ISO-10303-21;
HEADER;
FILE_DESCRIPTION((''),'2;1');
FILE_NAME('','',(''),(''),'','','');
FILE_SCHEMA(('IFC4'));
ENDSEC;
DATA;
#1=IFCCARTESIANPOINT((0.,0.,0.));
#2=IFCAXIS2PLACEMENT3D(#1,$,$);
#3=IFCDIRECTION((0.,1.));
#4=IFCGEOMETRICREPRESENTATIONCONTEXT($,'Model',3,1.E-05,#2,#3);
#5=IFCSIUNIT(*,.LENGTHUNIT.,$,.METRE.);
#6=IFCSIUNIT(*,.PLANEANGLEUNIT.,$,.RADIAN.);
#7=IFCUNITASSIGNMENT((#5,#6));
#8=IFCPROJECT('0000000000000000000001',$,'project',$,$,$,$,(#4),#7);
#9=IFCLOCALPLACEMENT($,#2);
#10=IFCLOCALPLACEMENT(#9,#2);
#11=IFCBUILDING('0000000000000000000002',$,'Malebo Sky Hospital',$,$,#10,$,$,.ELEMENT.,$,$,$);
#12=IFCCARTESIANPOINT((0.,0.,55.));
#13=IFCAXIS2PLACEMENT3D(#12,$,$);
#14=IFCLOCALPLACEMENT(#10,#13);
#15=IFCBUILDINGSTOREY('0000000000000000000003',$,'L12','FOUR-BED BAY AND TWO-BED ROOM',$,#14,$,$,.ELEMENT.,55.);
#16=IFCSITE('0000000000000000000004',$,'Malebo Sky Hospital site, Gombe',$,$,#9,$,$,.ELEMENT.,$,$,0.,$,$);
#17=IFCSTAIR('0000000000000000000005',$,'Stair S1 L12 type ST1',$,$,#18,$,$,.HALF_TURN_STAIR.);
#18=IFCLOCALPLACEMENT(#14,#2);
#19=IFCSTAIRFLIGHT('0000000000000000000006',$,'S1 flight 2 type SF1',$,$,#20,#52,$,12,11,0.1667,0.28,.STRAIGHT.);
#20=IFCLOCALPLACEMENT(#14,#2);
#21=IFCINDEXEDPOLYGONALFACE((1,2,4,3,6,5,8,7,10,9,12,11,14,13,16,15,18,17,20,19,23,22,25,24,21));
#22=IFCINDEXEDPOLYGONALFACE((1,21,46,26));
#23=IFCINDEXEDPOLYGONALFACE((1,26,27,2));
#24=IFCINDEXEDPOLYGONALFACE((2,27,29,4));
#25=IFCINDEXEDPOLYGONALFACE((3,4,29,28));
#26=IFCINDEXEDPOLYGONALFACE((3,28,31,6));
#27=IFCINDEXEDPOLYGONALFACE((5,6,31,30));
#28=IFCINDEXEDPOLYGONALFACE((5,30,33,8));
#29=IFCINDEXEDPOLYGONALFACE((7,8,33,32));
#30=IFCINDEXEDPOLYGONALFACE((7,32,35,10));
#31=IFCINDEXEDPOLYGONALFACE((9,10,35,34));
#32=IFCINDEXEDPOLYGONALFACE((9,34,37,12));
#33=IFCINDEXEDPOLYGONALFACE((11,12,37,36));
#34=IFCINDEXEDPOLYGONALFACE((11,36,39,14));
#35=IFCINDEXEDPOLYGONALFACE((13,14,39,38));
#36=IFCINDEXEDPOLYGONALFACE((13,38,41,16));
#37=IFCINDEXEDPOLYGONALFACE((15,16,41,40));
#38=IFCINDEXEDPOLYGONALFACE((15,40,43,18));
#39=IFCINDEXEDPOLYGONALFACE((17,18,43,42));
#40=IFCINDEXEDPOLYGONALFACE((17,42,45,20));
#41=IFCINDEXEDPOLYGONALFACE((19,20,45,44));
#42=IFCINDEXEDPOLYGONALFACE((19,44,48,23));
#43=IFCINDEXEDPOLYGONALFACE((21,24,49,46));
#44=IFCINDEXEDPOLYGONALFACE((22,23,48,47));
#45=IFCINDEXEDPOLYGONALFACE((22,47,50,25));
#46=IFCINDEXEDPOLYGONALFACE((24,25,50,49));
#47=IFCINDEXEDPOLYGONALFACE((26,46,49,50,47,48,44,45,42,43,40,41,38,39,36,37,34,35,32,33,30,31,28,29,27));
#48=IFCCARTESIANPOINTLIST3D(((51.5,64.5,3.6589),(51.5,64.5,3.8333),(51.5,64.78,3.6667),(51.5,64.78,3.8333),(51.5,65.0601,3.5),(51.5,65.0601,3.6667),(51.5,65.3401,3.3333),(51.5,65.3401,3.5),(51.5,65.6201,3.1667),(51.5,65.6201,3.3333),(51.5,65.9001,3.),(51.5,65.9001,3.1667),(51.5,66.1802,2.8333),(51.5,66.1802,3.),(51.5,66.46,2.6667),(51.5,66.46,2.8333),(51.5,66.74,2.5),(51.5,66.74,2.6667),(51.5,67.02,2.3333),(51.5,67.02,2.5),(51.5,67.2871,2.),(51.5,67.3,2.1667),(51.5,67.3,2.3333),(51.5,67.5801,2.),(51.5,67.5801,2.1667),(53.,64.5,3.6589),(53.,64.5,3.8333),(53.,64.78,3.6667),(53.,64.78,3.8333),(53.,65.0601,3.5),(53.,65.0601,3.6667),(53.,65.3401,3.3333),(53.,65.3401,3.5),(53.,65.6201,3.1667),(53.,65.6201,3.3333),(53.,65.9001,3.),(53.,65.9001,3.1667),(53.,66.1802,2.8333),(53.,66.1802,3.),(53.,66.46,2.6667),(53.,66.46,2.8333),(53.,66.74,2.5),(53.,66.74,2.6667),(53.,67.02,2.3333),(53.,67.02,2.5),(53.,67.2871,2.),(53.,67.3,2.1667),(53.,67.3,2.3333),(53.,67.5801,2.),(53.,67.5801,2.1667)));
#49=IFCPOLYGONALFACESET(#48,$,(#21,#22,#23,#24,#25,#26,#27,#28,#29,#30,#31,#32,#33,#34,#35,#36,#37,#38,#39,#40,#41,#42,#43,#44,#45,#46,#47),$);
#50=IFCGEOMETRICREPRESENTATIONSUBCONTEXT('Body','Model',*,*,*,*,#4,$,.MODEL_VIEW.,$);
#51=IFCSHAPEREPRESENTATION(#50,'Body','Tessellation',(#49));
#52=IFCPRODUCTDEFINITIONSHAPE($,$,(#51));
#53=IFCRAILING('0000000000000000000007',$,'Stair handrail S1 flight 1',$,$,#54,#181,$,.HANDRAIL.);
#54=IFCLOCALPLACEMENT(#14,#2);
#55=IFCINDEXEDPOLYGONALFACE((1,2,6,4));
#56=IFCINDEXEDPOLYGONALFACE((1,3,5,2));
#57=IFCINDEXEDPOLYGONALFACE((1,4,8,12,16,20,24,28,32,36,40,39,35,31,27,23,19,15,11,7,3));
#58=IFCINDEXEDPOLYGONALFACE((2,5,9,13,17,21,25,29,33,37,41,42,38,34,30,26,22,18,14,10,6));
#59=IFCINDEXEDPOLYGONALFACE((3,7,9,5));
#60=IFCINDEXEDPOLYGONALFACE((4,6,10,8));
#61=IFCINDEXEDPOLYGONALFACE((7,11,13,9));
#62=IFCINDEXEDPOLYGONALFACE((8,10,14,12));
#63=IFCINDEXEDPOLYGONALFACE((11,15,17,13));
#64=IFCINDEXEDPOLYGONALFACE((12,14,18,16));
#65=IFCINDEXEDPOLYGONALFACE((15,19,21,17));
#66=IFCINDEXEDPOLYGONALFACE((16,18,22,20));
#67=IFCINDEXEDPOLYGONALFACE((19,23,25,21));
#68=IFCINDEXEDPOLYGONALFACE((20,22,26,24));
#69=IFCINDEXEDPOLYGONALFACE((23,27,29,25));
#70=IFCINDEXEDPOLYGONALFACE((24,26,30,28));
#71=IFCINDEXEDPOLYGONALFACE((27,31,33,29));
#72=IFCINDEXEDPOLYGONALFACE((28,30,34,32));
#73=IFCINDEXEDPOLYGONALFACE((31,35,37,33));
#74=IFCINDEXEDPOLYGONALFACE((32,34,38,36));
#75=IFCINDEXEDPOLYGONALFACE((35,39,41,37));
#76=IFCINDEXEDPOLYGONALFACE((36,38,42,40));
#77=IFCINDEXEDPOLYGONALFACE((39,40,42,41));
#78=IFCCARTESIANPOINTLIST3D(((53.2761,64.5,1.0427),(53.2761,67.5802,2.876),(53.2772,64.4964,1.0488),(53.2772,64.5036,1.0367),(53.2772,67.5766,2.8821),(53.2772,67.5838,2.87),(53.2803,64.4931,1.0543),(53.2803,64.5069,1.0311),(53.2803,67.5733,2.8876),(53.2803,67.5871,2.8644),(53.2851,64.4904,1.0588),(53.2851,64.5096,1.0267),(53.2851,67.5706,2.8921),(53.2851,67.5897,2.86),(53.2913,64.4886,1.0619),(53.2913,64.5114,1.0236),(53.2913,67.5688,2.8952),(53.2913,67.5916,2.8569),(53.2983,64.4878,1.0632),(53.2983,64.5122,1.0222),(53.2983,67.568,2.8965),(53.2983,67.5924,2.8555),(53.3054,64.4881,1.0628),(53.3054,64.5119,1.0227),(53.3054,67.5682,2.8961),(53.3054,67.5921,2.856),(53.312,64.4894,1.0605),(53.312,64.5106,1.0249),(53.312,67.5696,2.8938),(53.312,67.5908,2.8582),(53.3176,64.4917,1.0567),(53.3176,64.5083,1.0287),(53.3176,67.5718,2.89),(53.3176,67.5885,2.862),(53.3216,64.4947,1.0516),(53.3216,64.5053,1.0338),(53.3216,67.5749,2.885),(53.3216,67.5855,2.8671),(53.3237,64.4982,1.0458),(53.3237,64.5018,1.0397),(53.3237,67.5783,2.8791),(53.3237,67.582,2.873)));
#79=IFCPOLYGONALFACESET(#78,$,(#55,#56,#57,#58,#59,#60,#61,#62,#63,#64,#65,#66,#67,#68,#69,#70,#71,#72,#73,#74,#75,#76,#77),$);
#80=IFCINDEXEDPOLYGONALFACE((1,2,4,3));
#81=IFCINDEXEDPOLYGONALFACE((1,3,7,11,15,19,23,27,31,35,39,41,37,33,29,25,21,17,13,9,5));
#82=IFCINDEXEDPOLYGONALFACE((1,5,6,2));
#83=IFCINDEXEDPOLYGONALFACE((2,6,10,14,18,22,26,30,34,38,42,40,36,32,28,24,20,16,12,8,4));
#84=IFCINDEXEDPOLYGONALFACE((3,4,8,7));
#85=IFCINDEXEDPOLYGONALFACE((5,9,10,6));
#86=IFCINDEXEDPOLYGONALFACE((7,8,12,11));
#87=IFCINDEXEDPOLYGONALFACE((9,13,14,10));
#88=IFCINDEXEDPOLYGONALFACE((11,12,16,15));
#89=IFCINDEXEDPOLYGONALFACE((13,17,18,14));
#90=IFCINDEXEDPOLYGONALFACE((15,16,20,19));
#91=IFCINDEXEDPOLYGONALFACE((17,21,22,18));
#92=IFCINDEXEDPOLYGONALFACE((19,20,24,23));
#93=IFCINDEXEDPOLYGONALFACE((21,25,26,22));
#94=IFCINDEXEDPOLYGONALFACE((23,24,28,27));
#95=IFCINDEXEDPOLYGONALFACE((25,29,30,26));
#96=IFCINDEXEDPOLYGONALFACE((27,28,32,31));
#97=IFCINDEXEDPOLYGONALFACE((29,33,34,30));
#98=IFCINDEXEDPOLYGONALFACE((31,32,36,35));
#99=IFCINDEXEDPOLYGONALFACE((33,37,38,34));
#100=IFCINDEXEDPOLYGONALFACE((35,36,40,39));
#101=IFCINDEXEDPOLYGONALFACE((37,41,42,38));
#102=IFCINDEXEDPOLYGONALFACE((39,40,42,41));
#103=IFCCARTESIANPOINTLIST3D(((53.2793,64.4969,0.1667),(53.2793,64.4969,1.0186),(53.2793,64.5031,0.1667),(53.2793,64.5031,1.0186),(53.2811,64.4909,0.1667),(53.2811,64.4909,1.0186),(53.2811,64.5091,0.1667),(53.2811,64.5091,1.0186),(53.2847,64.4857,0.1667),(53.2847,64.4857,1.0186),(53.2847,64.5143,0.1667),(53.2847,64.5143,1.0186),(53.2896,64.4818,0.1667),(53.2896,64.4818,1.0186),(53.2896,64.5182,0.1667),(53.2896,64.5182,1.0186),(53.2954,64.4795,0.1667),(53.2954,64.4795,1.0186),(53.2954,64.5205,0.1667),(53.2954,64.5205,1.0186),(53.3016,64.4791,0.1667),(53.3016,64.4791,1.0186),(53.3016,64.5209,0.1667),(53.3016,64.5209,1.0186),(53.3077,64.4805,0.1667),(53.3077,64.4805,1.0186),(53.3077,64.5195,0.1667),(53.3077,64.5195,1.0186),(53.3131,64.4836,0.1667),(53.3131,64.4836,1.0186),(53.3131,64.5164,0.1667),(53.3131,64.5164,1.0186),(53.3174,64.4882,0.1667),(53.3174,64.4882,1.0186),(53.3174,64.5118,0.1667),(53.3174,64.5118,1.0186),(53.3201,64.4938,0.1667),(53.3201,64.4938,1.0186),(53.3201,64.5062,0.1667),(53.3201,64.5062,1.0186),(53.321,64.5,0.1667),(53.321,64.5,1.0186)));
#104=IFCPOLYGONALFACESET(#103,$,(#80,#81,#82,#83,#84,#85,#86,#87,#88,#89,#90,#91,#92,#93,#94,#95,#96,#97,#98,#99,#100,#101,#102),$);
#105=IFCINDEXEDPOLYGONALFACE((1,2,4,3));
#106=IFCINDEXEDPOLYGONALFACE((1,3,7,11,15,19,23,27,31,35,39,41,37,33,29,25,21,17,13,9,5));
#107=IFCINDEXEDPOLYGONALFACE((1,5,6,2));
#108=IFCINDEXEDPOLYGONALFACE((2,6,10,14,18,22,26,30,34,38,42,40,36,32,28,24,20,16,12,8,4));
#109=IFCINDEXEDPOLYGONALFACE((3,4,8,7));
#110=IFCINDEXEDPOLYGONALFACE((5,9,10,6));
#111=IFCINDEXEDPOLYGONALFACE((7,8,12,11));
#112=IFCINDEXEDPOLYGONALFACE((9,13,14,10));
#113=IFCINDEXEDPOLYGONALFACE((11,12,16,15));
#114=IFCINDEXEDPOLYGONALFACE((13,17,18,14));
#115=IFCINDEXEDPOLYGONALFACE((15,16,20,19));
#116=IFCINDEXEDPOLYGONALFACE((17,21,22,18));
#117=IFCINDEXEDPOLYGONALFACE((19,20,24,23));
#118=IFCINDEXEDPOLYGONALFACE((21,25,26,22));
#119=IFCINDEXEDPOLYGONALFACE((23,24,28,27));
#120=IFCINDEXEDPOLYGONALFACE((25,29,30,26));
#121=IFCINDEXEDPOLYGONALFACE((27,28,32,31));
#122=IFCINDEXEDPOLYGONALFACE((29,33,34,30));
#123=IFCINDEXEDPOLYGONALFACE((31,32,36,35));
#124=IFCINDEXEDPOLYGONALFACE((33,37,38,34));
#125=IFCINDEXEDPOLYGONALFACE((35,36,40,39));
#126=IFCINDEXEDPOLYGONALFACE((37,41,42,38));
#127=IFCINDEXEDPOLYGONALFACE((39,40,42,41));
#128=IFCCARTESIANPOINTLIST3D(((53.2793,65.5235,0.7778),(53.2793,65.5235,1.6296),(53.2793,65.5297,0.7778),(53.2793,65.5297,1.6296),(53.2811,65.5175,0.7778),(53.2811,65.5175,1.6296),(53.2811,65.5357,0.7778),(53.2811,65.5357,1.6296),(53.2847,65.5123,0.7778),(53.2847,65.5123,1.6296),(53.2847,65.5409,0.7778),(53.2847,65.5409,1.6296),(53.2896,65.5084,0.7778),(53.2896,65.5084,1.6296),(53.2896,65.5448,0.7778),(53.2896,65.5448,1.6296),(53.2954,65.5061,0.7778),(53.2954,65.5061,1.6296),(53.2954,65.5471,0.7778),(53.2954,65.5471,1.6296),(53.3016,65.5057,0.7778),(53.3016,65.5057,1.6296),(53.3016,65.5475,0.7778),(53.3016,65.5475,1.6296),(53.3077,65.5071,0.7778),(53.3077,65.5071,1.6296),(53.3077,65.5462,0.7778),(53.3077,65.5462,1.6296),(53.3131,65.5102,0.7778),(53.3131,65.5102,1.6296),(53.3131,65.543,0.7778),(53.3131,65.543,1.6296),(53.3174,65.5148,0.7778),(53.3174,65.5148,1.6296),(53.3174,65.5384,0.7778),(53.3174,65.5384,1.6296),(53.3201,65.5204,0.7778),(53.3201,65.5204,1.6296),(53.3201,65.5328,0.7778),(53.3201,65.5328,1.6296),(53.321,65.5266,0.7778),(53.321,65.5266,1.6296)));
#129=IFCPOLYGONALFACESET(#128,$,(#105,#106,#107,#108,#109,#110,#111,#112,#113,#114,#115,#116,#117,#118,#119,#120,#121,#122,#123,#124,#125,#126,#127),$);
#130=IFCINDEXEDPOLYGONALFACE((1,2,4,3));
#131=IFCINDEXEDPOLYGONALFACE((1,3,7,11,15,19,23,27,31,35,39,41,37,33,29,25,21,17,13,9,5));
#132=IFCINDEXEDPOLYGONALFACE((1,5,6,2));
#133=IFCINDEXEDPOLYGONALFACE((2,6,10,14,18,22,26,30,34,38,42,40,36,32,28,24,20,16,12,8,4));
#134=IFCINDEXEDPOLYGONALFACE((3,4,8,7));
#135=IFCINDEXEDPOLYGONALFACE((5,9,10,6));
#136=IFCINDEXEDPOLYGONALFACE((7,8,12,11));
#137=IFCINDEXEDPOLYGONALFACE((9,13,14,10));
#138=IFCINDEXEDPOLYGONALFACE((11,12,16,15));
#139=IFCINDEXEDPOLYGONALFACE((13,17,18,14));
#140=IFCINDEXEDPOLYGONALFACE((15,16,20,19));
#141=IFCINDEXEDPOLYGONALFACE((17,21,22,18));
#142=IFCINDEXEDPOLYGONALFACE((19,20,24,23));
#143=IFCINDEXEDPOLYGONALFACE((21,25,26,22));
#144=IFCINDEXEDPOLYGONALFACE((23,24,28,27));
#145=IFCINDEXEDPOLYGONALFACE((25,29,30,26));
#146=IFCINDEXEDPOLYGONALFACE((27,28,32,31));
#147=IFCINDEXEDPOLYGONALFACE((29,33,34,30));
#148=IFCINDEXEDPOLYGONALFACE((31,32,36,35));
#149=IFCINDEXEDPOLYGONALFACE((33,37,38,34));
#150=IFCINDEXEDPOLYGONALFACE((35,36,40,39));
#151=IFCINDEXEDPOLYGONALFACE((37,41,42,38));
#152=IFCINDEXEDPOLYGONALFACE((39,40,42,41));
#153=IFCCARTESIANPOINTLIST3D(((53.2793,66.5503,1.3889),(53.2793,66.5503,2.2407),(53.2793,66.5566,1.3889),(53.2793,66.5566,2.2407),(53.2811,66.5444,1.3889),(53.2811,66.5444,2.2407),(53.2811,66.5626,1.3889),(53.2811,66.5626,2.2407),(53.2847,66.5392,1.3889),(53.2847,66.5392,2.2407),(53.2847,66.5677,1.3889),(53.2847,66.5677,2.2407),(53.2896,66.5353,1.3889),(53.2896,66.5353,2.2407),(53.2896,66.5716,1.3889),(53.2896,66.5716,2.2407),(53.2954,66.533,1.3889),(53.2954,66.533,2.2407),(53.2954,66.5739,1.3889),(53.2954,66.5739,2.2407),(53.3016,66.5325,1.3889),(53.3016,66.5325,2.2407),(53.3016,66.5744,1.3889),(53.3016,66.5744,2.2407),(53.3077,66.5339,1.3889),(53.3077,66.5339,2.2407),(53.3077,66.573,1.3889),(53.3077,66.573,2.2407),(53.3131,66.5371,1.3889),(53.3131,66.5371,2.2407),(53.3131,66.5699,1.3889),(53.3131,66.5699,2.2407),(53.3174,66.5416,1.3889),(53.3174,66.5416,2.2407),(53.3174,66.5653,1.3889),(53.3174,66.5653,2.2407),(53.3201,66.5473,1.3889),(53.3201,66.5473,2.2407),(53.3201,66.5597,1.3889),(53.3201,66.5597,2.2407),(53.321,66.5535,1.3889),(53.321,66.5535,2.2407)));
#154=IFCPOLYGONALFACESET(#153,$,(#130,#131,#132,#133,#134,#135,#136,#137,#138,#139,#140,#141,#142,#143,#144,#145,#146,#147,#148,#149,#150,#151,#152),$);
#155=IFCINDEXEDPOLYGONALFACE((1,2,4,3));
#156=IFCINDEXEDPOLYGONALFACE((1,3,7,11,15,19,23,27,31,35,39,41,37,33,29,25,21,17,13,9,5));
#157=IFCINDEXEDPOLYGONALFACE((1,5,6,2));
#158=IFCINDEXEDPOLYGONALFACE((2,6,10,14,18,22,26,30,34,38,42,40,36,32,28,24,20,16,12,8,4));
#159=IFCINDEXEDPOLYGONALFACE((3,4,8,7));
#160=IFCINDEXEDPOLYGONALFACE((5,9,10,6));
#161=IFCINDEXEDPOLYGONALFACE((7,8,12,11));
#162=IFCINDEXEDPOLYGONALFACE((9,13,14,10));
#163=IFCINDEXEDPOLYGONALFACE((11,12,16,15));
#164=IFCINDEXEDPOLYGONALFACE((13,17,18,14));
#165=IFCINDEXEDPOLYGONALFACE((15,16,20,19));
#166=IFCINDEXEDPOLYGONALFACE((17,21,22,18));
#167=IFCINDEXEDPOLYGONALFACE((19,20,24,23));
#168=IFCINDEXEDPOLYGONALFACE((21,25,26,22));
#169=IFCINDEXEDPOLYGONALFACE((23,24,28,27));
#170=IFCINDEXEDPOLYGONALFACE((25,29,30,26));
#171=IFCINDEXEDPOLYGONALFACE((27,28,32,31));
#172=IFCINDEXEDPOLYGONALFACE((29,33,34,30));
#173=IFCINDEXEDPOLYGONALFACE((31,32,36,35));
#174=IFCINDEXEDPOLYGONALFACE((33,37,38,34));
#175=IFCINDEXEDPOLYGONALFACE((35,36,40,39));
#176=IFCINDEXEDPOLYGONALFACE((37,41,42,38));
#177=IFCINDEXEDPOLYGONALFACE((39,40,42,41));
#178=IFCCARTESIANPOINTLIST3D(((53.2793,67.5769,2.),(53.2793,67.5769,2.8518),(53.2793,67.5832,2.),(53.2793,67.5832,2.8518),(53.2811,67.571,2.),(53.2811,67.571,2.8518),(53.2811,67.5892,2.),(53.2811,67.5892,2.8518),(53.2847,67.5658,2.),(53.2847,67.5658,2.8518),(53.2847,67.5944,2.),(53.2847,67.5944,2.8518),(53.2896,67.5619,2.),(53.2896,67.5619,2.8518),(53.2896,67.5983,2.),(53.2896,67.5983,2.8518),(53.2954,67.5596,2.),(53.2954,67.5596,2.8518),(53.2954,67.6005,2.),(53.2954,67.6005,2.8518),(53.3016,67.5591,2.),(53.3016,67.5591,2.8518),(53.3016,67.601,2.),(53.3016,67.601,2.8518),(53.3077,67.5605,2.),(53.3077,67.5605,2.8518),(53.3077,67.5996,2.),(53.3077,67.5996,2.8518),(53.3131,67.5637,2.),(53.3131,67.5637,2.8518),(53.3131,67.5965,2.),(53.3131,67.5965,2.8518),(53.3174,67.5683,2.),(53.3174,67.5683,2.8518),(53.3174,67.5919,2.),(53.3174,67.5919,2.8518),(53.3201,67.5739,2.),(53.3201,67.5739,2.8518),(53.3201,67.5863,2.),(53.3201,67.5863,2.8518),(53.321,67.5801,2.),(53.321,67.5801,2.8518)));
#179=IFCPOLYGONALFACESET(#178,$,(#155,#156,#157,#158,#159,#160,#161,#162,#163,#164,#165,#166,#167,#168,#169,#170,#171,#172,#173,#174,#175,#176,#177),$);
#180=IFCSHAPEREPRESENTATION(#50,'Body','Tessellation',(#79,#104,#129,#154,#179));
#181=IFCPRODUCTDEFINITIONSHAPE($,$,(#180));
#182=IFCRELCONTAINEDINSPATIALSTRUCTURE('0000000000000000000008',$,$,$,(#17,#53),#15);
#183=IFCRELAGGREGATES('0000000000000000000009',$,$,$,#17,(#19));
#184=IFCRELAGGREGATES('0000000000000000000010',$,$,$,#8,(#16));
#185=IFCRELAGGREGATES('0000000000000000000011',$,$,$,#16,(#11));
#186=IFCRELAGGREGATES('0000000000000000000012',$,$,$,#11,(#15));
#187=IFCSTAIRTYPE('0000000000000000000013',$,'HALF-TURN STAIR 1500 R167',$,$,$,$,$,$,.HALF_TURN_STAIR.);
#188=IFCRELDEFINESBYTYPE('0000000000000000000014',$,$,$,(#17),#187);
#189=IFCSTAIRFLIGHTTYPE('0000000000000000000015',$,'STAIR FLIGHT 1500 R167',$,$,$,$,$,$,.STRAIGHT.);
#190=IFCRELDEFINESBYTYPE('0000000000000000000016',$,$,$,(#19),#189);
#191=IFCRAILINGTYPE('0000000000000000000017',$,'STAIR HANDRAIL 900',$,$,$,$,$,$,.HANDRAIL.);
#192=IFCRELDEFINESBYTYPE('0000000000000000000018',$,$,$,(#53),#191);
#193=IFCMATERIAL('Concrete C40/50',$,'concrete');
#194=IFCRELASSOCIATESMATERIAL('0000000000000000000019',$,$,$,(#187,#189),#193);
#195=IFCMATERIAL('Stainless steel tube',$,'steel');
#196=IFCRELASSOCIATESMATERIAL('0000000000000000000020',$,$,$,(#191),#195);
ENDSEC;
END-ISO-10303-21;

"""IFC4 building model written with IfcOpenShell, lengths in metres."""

from ifc_helpers import new_model, si_unit, direction, frame, origin, origin_2d, place, context, subcontext, project, spatial, polyline, circle, outline, extrude, material, type_object, element, aggregate, save


model = new_model("IFC4")

# Units and contexts
model_context = context("Model", 3, precision=1e-05, world=origin(), true_north=direction((0.0, 1.0)))
body_context = subcontext(model_context, "Body", "Model", "MODEL_VIEW")
ifc_project = project(units=[si_unit("LENGTHUNIT", "METRE"), si_unit("PLANEANGLEUNIT", "RADIAN")], contexts=[model_context])

# Site, building, storey
site_placement = place(None, origin())
site = spatial("IfcSite", under=ifc_project, at=site_placement, Name="Malebo Sky Hospital site, Gombe", CompositionType="ELEMENT", RefElevation=0.0)
building_placement = place(site_placement, origin())
building = spatial("IfcBuilding", under=site, at=building_placement, Name="Malebo Sky Hospital", CompositionType="ELEMENT")
storey_placement = place(building_placement, frame((0.0, 0.0, 55.0)))
storey = spatial("IfcBuildingStorey", under=building, at=storey_placement, Name="L12", Description="FOUR-BED BAY AND TWO-BED ROOM", CompositionType="ELEMENT", Elevation=55.0)

# Stair, stair flight
ifc_material_1 = material(Name="Concrete C40/50", Category="concrete")
stair_type = type_object("IfcStairType", Name="HALF-TURN STAIR 1500 R167", PredefinedType="HALF_TURN_STAIR", material=ifc_material_1)
stair_placement = place(storey_placement, origin())
stair = element("IfcStair", 1, at=stair_placement, inside=storey, type_object=stair_type, Name="Stair S1 L12 type ST1", PredefinedType="HALF_TURN_STAIR")
stair_flight_type = type_object("IfcStairFlightType", Name="STAIR FLIGHT 1500 R167", PredefinedType="STRAIGHT", material=ifc_material_1)
stair_flight_1_placement = place(storey_placement, frame((52.25, 67.5801, 2.0), z_axis=(0.0, 0.0, 1.0), x_axis=(0.0, -1.0, 0.0)))
stair_flight_1 = element("IfcStairFlight", 2, at=stair_flight_1_placement, type_object=stair_flight_type, Name="S1 flight 2 type SF1", NumberOfRisers=12, NumberOfTreads=11, PredefinedType="STRAIGHT", RiserHeight=0.1667, TreadLength=0.28, context=body_context, shape_type="SweptSolid", body=[
    extrude(outline(polyline([(0.0, 0.0), (0.0, 0.1667), (0.28, 0.1667), (0.28, 0.3333), (0.5601, 0.3333), (0.5601, 0.5), (0.8401, 0.5), (0.8401, 0.6667), (1.1201, 0.6667), (1.1201, 0.8333), (1.3999, 0.8333), (1.3999, 1.0), (1.6799, 1.0), (1.6799, 1.1667), (1.96, 1.1667), (1.96, 1.3333), (2.24, 1.3333), (2.24, 1.5), (2.52, 1.5), (2.52, 1.6667), (2.8, 1.6667), (2.8, 1.8333), (3.0801, 1.8333), (3.0801, 2.0), (3.0801, 1.6589), (0.293, 0.0), (0.0, 0.0)])), frame((0.0, 0.75, 0.0), z_axis=(0.0, -1.0, 0.0), x_axis=(1.0, 0.0, 0.0)), (0.0, 0.0, 1.0), 1.5),
])
aggregate(stair, [stair_flight_1])

# Railing
ifc_material_2 = material(Name="Stainless steel tube", Category="steel")
railing_type = type_object("IfcRailingType", Name="STAIR HANDRAIL 900", PredefinedType="HANDRAIL", material=ifc_material_2)
railing_1_placement = place(storey_placement, frame((53.3, 64.5, 0.1667)))
element("IfcRailing", 3, at=railing_1_placement, inside=storey, type_object=railing_type, Name="Stair handrail S1 flight 1", PredefinedType="HANDRAIL", context=body_context, shape_type="SweptSolid", body=[
    extrude(circle(Radius=0.0239, at=origin_2d()), frame((0.0, 0.0, 0.876), z_axis=(0.0, 0.859309, 0.511458), x_axis=(-1.0, 0.0, 0.0)), (0.0, 0.0, 1.0), 3.5845),
    extrude(circle(Radius=0.021, at=origin_2d()), origin(), (0.0, 0.0, 1.0), 0.8518),
    extrude(circle(Radius=0.021, at=origin_2d()), frame((0.0, 1.0266, 0.6111)), (0.0, 0.0, 1.0), 0.8518),
    extrude(circle(Radius=0.021, at=origin_2d()), frame((0.0, 2.0535, 1.2222)), (0.0, 0.0, 1.0), 0.8518),
    extrude(circle(Radius=0.021, at=origin_2d()), frame((0.0, 3.0801, 1.8333)), (0.0, 0.0, 1.0), 0.8518),
])

save(model, "model.ifc")
